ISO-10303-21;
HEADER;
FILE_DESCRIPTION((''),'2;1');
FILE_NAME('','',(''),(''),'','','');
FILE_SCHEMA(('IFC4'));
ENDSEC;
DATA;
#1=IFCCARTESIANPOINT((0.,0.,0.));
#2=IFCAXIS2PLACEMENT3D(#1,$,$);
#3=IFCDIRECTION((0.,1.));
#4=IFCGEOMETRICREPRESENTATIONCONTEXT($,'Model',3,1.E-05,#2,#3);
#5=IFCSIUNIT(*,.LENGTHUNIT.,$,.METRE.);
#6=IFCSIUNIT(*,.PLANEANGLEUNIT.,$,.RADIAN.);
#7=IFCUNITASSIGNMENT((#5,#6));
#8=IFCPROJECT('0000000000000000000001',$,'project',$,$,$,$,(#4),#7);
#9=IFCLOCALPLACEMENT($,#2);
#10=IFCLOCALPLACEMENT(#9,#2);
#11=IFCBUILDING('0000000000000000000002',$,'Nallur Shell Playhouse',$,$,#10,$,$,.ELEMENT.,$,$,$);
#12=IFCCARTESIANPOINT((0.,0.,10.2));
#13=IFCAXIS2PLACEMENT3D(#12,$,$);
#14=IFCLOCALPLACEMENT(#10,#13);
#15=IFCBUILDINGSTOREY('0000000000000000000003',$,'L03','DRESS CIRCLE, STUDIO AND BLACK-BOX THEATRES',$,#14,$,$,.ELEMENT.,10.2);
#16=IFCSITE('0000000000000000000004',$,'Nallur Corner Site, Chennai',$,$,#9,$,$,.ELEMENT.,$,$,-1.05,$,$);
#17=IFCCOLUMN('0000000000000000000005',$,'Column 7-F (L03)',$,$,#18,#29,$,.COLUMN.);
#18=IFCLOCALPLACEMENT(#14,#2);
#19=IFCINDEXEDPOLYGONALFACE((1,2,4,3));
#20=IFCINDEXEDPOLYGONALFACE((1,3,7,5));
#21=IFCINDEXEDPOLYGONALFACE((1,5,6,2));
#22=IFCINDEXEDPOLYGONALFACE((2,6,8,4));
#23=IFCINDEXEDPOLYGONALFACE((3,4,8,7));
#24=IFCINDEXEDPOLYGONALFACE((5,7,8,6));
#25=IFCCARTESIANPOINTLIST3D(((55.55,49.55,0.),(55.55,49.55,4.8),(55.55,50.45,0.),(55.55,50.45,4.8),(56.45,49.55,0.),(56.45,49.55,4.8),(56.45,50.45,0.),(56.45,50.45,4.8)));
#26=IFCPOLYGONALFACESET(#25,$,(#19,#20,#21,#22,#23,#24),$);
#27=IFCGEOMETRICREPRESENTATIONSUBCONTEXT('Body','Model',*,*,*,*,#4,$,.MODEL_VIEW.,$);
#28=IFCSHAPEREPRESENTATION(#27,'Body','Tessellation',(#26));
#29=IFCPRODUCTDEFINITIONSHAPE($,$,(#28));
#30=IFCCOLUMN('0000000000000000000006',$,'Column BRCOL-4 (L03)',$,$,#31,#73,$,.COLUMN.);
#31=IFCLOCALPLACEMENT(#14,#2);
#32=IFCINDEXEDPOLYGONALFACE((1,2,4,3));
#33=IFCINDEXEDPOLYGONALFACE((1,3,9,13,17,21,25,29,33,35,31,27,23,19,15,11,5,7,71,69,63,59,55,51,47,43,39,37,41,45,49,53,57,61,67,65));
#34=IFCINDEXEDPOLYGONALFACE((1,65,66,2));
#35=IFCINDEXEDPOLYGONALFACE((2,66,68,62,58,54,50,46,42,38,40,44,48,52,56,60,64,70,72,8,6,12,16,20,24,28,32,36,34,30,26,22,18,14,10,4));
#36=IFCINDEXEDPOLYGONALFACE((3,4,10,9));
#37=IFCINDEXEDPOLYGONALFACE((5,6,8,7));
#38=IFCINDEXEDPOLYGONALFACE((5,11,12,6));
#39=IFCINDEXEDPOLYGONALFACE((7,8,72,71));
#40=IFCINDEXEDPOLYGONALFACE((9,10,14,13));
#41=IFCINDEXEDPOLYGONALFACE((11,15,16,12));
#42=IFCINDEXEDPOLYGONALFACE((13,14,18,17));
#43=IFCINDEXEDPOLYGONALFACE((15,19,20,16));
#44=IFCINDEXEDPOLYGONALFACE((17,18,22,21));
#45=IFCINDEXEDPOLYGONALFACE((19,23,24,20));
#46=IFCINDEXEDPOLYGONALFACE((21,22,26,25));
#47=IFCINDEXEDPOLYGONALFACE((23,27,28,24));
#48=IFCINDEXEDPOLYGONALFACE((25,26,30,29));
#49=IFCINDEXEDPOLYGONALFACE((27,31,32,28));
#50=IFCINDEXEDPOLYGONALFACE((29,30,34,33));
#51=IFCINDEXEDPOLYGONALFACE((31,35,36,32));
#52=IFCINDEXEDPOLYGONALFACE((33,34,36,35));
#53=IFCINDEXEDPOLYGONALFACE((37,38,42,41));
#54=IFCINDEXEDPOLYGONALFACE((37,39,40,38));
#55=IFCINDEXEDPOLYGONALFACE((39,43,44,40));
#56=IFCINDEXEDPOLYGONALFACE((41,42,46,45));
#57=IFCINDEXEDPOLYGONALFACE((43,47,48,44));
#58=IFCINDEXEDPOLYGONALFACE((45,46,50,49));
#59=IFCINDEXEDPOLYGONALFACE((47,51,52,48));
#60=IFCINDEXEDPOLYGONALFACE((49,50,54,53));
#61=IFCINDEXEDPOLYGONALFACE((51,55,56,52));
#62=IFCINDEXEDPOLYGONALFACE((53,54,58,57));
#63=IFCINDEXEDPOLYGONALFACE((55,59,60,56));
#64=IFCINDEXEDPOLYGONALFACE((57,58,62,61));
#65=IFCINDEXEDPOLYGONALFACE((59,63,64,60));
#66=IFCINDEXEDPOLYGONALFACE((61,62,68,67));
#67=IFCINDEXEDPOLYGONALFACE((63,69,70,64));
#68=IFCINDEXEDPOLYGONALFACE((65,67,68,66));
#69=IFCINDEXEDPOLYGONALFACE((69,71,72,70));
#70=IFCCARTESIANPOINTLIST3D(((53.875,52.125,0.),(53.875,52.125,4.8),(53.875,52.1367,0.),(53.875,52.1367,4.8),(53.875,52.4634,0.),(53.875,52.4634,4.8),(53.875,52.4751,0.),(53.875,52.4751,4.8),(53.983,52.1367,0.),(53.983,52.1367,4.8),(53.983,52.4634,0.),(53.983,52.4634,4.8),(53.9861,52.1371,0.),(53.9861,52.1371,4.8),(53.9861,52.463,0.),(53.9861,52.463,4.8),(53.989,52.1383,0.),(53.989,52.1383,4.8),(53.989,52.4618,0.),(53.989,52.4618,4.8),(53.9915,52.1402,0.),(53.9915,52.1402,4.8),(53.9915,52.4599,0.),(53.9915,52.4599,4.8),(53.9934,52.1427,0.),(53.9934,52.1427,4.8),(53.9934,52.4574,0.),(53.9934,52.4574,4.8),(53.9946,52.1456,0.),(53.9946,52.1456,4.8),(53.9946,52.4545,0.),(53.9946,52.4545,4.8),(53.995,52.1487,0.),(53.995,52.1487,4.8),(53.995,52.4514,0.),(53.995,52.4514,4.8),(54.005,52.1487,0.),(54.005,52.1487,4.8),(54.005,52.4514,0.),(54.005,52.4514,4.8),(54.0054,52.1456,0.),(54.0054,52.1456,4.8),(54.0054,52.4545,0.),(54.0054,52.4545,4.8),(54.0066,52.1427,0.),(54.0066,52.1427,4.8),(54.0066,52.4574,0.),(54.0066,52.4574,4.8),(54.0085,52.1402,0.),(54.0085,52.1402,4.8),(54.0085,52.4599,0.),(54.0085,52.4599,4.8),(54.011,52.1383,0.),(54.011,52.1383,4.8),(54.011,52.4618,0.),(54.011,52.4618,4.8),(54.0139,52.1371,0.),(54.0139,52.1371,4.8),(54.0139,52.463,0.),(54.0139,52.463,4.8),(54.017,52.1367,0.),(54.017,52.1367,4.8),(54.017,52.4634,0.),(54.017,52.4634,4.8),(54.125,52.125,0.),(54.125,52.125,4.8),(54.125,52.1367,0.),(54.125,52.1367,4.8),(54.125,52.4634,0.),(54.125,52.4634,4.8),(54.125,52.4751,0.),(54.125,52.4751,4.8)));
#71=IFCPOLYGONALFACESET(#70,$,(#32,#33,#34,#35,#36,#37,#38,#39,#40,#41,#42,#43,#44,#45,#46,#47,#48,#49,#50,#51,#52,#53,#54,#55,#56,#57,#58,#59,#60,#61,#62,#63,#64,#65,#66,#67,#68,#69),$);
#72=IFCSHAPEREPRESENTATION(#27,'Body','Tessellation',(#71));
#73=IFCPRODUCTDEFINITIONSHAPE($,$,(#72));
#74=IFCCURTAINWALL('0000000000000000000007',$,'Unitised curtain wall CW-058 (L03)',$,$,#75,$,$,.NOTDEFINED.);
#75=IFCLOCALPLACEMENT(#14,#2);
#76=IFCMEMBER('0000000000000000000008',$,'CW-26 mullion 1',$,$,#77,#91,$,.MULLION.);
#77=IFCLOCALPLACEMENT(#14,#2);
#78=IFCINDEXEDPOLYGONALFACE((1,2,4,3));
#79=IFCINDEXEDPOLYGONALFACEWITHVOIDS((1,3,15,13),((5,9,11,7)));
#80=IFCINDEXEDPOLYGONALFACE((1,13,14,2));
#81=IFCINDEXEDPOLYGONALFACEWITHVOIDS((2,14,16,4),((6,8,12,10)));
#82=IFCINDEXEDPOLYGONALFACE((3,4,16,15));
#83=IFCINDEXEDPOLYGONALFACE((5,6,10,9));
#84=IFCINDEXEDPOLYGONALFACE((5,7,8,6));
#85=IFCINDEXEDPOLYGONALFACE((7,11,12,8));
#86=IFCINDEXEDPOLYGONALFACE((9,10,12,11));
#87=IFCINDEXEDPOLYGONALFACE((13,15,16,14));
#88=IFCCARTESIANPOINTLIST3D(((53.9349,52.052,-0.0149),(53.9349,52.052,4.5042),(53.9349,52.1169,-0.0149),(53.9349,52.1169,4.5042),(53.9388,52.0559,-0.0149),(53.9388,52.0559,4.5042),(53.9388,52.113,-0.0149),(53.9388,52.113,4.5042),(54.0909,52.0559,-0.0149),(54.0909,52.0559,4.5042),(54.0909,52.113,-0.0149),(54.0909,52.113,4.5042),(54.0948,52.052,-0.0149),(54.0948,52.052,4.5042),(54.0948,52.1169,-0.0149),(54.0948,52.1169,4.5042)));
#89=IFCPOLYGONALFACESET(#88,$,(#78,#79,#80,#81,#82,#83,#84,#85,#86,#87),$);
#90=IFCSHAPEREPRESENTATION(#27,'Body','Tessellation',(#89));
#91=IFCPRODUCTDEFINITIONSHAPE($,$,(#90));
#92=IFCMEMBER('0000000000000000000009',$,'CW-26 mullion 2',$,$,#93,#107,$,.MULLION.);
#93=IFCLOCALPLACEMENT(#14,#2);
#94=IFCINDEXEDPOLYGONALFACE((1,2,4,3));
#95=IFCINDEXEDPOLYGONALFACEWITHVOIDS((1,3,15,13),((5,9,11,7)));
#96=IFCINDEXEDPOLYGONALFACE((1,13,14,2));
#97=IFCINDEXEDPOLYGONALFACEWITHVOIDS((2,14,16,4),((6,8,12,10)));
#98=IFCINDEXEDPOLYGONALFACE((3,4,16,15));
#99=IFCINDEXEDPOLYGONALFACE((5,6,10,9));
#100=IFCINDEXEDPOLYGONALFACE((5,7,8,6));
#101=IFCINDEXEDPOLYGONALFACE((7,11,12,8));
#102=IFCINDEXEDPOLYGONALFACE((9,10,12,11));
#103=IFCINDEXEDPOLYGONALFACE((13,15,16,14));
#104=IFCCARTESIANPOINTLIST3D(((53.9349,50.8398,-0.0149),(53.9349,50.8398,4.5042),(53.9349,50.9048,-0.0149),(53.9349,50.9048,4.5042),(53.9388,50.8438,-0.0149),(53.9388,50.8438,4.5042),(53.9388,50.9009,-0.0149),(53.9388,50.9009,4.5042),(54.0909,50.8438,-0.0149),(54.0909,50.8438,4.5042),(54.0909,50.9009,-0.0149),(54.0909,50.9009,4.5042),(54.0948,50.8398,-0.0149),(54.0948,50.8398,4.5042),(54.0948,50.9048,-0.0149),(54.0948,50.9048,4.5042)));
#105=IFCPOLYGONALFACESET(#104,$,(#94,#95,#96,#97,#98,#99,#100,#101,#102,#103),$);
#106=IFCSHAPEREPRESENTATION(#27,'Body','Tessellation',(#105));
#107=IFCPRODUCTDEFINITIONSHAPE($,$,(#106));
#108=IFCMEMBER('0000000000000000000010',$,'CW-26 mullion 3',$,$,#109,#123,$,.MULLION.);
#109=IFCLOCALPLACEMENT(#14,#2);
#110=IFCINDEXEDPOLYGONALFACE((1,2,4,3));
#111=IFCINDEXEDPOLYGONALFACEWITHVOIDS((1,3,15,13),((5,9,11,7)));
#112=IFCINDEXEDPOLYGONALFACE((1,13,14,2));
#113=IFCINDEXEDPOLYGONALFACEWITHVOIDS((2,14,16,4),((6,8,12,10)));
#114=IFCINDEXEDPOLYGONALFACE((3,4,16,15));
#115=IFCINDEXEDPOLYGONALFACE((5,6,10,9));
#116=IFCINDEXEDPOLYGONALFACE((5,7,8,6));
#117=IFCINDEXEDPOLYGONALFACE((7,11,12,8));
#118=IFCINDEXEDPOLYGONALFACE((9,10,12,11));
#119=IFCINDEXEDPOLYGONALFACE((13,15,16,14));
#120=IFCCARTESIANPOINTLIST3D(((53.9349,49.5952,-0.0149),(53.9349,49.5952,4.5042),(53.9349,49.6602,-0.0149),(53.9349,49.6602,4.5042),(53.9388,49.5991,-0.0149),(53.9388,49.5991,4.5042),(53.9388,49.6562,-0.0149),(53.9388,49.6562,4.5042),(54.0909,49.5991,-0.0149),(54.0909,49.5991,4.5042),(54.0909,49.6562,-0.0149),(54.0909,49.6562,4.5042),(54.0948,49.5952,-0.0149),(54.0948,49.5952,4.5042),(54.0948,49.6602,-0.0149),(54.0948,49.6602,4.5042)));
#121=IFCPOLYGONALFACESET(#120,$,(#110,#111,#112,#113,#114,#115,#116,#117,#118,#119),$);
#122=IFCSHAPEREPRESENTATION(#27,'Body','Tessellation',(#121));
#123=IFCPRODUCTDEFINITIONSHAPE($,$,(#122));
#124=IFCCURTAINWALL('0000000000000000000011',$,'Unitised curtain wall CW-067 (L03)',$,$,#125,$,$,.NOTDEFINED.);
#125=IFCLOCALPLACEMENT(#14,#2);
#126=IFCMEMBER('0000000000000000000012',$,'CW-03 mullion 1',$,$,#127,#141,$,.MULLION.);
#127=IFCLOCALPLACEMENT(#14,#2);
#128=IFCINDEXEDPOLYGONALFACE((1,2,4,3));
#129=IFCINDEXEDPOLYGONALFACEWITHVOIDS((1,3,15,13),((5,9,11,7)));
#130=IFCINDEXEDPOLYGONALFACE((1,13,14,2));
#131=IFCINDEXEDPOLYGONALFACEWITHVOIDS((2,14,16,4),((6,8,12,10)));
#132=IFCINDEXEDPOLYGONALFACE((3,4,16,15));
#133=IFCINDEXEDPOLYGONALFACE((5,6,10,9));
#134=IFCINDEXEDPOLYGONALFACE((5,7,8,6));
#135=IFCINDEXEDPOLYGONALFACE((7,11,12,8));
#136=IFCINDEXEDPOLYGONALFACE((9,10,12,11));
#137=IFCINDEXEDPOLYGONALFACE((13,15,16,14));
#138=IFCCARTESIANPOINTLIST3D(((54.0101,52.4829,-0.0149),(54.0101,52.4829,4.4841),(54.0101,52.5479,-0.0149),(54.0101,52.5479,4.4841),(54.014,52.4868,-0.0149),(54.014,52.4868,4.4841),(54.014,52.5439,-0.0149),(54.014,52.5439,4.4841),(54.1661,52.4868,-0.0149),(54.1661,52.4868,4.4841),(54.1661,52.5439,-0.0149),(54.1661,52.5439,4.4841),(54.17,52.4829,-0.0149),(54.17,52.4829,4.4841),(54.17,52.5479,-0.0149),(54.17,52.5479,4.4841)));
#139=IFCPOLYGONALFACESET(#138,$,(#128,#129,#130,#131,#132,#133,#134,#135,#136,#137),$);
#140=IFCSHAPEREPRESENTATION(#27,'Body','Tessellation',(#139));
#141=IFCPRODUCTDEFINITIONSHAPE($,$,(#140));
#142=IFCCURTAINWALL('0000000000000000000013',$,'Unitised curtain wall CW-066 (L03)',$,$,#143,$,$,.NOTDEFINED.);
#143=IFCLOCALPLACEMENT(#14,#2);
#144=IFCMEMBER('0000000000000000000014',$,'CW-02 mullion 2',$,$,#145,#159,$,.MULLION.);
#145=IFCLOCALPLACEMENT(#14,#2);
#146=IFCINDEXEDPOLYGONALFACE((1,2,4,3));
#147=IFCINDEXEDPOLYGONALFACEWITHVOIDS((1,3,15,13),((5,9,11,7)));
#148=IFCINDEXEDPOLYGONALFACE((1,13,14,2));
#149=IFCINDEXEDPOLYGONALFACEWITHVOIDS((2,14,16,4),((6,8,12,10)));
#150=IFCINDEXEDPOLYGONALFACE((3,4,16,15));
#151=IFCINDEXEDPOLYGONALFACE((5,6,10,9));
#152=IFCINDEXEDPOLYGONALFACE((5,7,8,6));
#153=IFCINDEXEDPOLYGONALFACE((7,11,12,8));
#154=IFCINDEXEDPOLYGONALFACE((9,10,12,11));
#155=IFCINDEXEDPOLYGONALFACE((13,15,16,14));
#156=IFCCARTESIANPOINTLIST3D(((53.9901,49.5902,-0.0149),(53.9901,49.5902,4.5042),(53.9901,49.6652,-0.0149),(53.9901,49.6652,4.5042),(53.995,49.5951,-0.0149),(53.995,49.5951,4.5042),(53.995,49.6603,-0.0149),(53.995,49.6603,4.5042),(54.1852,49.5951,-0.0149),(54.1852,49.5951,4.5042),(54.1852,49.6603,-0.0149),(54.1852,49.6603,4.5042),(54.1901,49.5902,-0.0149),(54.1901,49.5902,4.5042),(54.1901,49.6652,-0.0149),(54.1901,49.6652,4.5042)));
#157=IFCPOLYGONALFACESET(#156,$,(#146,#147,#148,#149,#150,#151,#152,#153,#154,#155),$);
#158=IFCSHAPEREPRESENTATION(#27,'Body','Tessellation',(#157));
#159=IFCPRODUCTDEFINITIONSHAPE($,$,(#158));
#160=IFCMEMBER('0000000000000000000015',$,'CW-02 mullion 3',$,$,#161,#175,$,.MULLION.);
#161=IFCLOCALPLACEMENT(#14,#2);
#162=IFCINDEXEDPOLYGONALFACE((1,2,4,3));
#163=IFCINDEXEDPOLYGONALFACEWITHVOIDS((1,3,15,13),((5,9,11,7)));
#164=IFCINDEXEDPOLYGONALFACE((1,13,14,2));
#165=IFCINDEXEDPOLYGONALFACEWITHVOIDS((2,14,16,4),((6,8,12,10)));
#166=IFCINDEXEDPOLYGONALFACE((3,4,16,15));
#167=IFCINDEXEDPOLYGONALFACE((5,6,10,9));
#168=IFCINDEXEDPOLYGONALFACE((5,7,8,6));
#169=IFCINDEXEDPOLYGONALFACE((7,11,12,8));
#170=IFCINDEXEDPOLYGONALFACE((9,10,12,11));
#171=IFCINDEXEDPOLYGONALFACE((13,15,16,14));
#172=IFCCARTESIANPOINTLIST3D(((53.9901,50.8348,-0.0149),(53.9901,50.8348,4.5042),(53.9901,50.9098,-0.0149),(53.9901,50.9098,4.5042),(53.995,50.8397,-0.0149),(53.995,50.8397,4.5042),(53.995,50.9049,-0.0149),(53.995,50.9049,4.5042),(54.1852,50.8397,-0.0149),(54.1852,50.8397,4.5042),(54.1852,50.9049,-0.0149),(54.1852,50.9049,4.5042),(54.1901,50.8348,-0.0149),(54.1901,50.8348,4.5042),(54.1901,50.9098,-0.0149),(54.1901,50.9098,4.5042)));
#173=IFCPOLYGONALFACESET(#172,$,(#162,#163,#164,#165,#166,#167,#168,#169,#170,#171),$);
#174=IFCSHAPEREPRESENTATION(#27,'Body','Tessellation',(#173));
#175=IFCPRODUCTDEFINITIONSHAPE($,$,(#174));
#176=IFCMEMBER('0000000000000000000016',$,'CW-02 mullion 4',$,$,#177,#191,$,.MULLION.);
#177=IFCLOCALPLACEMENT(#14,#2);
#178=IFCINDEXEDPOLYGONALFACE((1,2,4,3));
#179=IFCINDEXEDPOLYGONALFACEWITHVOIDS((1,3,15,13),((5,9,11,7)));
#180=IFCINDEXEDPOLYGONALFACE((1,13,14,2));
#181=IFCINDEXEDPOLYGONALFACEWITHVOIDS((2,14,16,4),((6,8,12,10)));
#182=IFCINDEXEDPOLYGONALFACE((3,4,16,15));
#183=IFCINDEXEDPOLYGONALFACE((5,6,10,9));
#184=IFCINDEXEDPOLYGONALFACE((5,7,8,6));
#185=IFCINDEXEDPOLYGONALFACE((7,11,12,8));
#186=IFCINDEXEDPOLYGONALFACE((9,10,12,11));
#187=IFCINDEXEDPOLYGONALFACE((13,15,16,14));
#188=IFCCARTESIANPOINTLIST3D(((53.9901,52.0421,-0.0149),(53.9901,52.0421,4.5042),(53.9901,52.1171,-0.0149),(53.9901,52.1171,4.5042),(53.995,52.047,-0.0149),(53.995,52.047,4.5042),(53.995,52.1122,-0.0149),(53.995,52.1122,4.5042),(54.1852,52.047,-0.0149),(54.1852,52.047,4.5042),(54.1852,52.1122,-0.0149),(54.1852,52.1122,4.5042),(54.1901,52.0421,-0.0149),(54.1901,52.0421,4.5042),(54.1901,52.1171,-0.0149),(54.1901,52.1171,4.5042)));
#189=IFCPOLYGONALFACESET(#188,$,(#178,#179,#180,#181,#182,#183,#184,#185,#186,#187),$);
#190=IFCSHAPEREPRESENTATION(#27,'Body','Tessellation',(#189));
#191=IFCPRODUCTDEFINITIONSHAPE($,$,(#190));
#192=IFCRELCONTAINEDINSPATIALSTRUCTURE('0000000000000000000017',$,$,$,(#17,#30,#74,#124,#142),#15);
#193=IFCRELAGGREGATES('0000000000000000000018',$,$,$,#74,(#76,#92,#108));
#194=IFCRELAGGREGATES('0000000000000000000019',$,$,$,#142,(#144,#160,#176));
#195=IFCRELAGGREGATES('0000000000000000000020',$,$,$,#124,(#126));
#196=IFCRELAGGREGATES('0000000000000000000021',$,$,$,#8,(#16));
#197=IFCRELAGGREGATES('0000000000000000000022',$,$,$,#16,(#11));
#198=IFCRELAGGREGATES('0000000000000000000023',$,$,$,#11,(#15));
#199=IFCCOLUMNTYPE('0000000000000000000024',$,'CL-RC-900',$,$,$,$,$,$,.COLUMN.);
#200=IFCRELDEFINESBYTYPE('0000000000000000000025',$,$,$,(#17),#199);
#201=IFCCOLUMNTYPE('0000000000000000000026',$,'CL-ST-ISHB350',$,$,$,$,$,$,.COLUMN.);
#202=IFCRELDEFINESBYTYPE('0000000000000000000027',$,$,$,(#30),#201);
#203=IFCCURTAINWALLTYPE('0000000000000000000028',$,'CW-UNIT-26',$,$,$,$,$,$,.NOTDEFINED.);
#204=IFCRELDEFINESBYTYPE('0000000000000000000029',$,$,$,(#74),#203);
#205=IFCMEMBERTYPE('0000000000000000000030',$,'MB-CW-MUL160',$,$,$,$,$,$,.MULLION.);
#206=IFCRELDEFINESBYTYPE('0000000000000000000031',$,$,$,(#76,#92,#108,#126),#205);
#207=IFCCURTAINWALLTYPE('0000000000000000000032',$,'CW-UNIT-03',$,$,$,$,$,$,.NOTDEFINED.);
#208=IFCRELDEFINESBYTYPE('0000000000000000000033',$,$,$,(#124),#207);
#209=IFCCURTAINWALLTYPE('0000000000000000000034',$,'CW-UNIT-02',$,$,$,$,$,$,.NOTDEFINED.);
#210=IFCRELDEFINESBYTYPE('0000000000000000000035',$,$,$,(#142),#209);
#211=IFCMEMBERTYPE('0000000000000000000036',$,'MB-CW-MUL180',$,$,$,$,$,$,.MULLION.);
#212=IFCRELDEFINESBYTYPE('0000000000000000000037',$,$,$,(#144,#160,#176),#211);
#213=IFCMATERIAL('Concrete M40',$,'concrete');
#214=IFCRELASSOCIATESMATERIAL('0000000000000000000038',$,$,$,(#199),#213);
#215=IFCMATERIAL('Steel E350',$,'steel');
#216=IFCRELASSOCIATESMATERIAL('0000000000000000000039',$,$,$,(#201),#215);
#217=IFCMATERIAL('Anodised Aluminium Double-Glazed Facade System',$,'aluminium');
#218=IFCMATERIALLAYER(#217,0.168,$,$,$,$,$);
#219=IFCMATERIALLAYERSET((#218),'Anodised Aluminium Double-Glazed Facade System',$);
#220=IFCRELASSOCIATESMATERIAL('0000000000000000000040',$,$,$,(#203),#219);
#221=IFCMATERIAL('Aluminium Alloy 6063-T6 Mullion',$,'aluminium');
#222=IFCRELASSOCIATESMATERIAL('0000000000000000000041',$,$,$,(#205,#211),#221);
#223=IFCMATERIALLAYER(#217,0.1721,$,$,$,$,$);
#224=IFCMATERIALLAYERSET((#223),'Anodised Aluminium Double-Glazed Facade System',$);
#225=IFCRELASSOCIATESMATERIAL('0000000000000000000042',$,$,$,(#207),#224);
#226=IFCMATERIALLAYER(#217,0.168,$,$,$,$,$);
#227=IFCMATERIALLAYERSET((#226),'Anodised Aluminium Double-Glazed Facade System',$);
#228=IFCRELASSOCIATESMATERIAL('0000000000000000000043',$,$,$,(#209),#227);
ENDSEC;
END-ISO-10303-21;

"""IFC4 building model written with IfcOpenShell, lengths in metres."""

from ifc_helpers import new_model, si_unit, direction, frame, origin, origin_2d, place, context, subcontext, project, spatial, rectangle, hollow_rectangle, i_section, extrude, material, layer, layer_set, material_profile, profile_set, type_object, element, aggregate, save


model = new_model("IFC4")

# Units and contexts
model_context = context("Model", 3, precision=1e-05, world=origin(), true_north=direction((0.0, 1.0)))
body_context = subcontext(model_context, "Body", "Model", "MODEL_VIEW")
ifc_project = project(units=[si_unit("LENGTHUNIT", "METRE"), si_unit("PLANEANGLEUNIT", "RADIAN")], contexts=[model_context])

# Site, building, storey
site_placement = place(None, origin())
site = spatial("IfcSite", under=ifc_project, at=site_placement, Name="Nallur Corner Site, Chennai", CompositionType="ELEMENT", RefElevation=-1.05)
building_placement = place(site_placement, origin())
building = spatial("IfcBuilding", under=site, at=building_placement, Name="Nallur Shell Playhouse", CompositionType="ELEMENT")
storey_placement = place(building_placement, frame((0.0, 0.0, 10.2)))
storey = spatial("IfcBuildingStorey", under=building, at=storey_placement, Name="L03", Description="DRESS CIRCLE, STUDIO AND BLACK-BOX THEATRES", CompositionType="ELEMENT", Elevation=10.2)

# Columns
ifc_material_1 = material(Name="Concrete M40", Category="concrete")
ifc_material_profile_1 = material_profile(ifc_material_1, rectangle(XDim=0.8999, YDim=0.8999, at=origin_2d()), Name="RC 900x900")
ifc_profile_set_1 = profile_set([ifc_material_profile_1], Name="Concrete M40")
column_type_1 = type_object("IfcColumnType", Name="CL-RC-900", PredefinedType="COLUMN", material=ifc_profile_set_1)
column_1_placement = place(storey_placement, frame((56.0, 50.0, 0.0), z_axis=(0.0, 0.0, 1.0), x_axis=(1.0, 0.0, 0.0)))
element("IfcColumn", 1, at=column_1_placement, inside=storey, type_object=column_type_1, Name="Column 7-F (L03)", PredefinedType="COLUMN", context=body_context, shape_type="SweptSolid", body=[
    extrude(rectangle(XDim=0.8999, YDim=0.8999, at=origin_2d()), origin(), (0.0, 0.0, 1.0), 4.8),
])
ifc_material_2 = material(Name="Steel E350", Category="steel")
ifc_material_profile_2 = material_profile(ifc_material_2, i_section(OverallWidth=0.25, OverallDepth=0.3501, WebThickness=0.01, FlangeThickness=0.0117, FilletRadius=0.012, at=origin_2d()), Name="ISHB 350")
ifc_profile_set_2 = profile_set([ifc_material_profile_2], Name="Steel E350")
column_type_2 = type_object("IfcColumnType", Name="CL-ST-ISHB350", PredefinedType="COLUMN", material=ifc_profile_set_2)
column_2_placement = place(storey_placement, frame((54.0, 52.3, 0.0), z_axis=(0.0, 0.0, 1.0), x_axis=(1.0, 0.0, 0.0)))
element("IfcColumn", 2, at=column_2_placement, inside=storey, type_object=column_type_2, Name="Column BRCOL-4 (L03)", PredefinedType="COLUMN", context=body_context, shape_type="SweptSolid", body=[
    extrude(i_section(OverallWidth=0.25, OverallDepth=0.3501, WebThickness=0.01, FlangeThickness=0.0117, FilletRadius=0.012, at=origin_2d()), origin(), (0.0, 0.0, 1.0), 4.8),
])

# Curtain wall, members
ifc_material_3 = material(Name="Anodised Aluminium Double-Glazed Facade System", Category="aluminium")
ifc_layer_1 = layer(ifc_material_3, 0.168)
ifc_layer_set_1 = layer_set([ifc_layer_1], Name="Anodised Aluminium Double-Glazed Facade System")
curtain_wall_type_1 = type_object("IfcCurtainWallType", Name="CW-UNIT-26", PredefinedType="NOTDEFINED", material=ifc_layer_set_1)
curtain_wall_1_placement = place(storey_placement, origin())
curtain_wall_1 = element("IfcCurtainWall", 3, at=curtain_wall_1_placement, inside=storey, type_object=curtain_wall_type_1, Name="Unitised curtain wall CW-058 (L03)", PredefinedType="NOTDEFINED")
ifc_material_4 = material(Name="Aluminium Alloy 6063-T6 Mullion", Category="aluminium")
ifc_material_profile_3 = material_profile(ifc_material_4, hollow_rectangle(XDim=0.0649, YDim=0.1599, WallThickness=0.0039, at=origin_2d()), Name="ALU 65x160x4")
ifc_profile_set_3 = profile_set([ifc_material_profile_3], Name="Aluminium Alloy 6063-T6 Mullion")
member_type_1 = type_object("IfcMemberType", Name="MB-CW-MUL160", PredefinedType="MULLION", material=ifc_profile_set_3)
member_1_placement = place(storey_placement, frame((54.0149, 52.0845, -0.0149), z_axis=(0.0, 0.0, 1.0), x_axis=(0.0, -1.0, 0.0)))
member_1 = element("IfcMember", 4, at=member_1_placement, type_object=member_type_1, Name="CW-26 mullion 1", PredefinedType="MULLION", context=body_context, shape_type="SweptSolid", body=[
    extrude(hollow_rectangle(XDim=0.0649, YDim=0.1599, WallThickness=0.0039, at=origin_2d()), origin(), (0.0, 0.0, 1.0), 4.519),
])
member_2_placement = place(storey_placement, frame((54.0149, 50.8723, -0.0149), z_axis=(0.0, 0.0, 1.0), x_axis=(0.0, -1.0, 0.0)))
member_2 = element("IfcMember", 5, at=member_2_placement, type_object=member_type_1, Name="CW-26 mullion 2", PredefinedType="MULLION", context=body_context, shape_type="SweptSolid", body=[
    extrude(hollow_rectangle(XDim=0.0649, YDim=0.1599, WallThickness=0.0039, at=origin_2d()), origin(), (0.0, 0.0, 1.0), 4.519),
])
member_3_placement = place(storey_placement, frame((54.0149, 49.6277, -0.0149), z_axis=(0.0, 0.0, 1.0), x_axis=(0.0, -1.0, 0.0)))
member_3 = element("IfcMember", 6, at=member_3_placement, type_object=member_type_1, Name="CW-26 mullion 3", PredefinedType="MULLION", context=body_context, shape_type="SweptSolid", body=[
    extrude(hollow_rectangle(XDim=0.0649, YDim=0.1599, WallThickness=0.0039, at=origin_2d()), origin(), (0.0, 0.0, 1.0), 4.519),
])

# Curtain wall, member
ifc_layer_2 = layer(ifc_material_3, 0.1721)
ifc_layer_set_2 = layer_set([ifc_layer_2], Name="Anodised Aluminium Double-Glazed Facade System")
curtain_wall_type_2 = type_object("IfcCurtainWallType", Name="CW-UNIT-03", PredefinedType="NOTDEFINED", material=ifc_layer_set_2)
curtain_wall_2_placement = place(storey_placement, origin())
curtain_wall_2 = element("IfcCurtainWall", 7, at=curtain_wall_2_placement, inside=storey, type_object=curtain_wall_type_2, Name="Unitised curtain wall CW-067 (L03)", PredefinedType="NOTDEFINED")
member_4_placement = place(storey_placement, frame((54.0901, 52.5154, -0.0149), z_axis=(0.0, 0.0, 1.0), x_axis=(0.0, 1.0, 0.0)))
member_4 = element("IfcMember", 8, at=member_4_placement, type_object=member_type_1, Name="CW-03 mullion 1", PredefinedType="MULLION", context=body_context, shape_type="SweptSolid", body=[
    extrude(hollow_rectangle(XDim=0.0649, YDim=0.1599, WallThickness=0.0039, at=origin_2d()), origin(), (0.0, 0.0, 1.0), 4.499),
])

# Curtain wall, members
ifc_layer_3 = layer(ifc_material_3, 0.168)
ifc_layer_set_3 = layer_set([ifc_layer_3], Name="Anodised Aluminium Double-Glazed Facade System")
curtain_wall_type_3 = type_object("IfcCurtainWallType", Name="CW-UNIT-02", PredefinedType="NOTDEFINED", material=ifc_layer_set_3)
curtain_wall_3_placement = place(storey_placement, origin())
curtain_wall_3 = element("IfcCurtainWall", 9, at=curtain_wall_3_placement, inside=storey, type_object=curtain_wall_type_3, Name="Unitised curtain wall CW-066 (L03)", PredefinedType="NOTDEFINED")
ifc_material_profile_4 = material_profile(ifc_material_4, hollow_rectangle(XDim=0.075, YDim=0.2, WallThickness=0.0049, at=origin_2d()), Name="ALU 75x200x5")
ifc_profile_set_4 = profile_set([ifc_material_profile_4], Name="Aluminium Alloy 6063-T6 Mullion")
member_type_2 = type_object("IfcMemberType", Name="MB-CW-MUL180", PredefinedType="MULLION", material=ifc_profile_set_4)
member_5_placement = place(storey_placement, frame((54.0901, 49.6277, -0.0149), z_axis=(0.0, 0.0, 1.0), x_axis=(0.0, 1.0, 0.0)))
member_5 = element("IfcMember", 10, at=member_5_placement, type_object=member_type_2, Name="CW-02 mullion 2", PredefinedType="MULLION", context=body_context, shape_type="SweptSolid", body=[
    extrude(hollow_rectangle(XDim=0.075, YDim=0.2, WallThickness=0.0049, at=origin_2d()), origin(), (0.0, 0.0, 1.0), 4.519),
])
member_6_placement = place(storey_placement, frame((54.0901, 50.8723, -0.0149), z_axis=(0.0, 0.0, 1.0), x_axis=(0.0, 1.0, 0.0)))
member_6 = element("IfcMember", 11, at=member_6_placement, type_object=member_type_2, Name="CW-02 mullion 3", PredefinedType="MULLION", context=body_context, shape_type="SweptSolid", body=[
    extrude(hollow_rectangle(XDim=0.075, YDim=0.2, WallThickness=0.0049, at=origin_2d()), origin(), (0.0, 0.0, 1.0), 4.519),
])
member_7_placement = place(storey_placement, frame((54.0901, 52.0796, -0.0149), z_axis=(0.0, 0.0, 1.0), x_axis=(0.0, 1.0, 0.0)))
member_7 = element("IfcMember", 12, at=member_7_placement, type_object=member_type_2, Name="CW-02 mullion 4", PredefinedType="MULLION", context=body_context, shape_type="SweptSolid", body=[
    extrude(hollow_rectangle(XDim=0.075, YDim=0.2, WallThickness=0.0049, at=origin_2d()), origin(), (0.0, 0.0, 1.0), 4.519),
])

aggregate(curtain_wall_1, [member_1, member_2, member_3])
aggregate(curtain_wall_3, [member_5, member_6, member_7])
aggregate(curtain_wall_2, [member_4])

save(model, "model.ifc")
